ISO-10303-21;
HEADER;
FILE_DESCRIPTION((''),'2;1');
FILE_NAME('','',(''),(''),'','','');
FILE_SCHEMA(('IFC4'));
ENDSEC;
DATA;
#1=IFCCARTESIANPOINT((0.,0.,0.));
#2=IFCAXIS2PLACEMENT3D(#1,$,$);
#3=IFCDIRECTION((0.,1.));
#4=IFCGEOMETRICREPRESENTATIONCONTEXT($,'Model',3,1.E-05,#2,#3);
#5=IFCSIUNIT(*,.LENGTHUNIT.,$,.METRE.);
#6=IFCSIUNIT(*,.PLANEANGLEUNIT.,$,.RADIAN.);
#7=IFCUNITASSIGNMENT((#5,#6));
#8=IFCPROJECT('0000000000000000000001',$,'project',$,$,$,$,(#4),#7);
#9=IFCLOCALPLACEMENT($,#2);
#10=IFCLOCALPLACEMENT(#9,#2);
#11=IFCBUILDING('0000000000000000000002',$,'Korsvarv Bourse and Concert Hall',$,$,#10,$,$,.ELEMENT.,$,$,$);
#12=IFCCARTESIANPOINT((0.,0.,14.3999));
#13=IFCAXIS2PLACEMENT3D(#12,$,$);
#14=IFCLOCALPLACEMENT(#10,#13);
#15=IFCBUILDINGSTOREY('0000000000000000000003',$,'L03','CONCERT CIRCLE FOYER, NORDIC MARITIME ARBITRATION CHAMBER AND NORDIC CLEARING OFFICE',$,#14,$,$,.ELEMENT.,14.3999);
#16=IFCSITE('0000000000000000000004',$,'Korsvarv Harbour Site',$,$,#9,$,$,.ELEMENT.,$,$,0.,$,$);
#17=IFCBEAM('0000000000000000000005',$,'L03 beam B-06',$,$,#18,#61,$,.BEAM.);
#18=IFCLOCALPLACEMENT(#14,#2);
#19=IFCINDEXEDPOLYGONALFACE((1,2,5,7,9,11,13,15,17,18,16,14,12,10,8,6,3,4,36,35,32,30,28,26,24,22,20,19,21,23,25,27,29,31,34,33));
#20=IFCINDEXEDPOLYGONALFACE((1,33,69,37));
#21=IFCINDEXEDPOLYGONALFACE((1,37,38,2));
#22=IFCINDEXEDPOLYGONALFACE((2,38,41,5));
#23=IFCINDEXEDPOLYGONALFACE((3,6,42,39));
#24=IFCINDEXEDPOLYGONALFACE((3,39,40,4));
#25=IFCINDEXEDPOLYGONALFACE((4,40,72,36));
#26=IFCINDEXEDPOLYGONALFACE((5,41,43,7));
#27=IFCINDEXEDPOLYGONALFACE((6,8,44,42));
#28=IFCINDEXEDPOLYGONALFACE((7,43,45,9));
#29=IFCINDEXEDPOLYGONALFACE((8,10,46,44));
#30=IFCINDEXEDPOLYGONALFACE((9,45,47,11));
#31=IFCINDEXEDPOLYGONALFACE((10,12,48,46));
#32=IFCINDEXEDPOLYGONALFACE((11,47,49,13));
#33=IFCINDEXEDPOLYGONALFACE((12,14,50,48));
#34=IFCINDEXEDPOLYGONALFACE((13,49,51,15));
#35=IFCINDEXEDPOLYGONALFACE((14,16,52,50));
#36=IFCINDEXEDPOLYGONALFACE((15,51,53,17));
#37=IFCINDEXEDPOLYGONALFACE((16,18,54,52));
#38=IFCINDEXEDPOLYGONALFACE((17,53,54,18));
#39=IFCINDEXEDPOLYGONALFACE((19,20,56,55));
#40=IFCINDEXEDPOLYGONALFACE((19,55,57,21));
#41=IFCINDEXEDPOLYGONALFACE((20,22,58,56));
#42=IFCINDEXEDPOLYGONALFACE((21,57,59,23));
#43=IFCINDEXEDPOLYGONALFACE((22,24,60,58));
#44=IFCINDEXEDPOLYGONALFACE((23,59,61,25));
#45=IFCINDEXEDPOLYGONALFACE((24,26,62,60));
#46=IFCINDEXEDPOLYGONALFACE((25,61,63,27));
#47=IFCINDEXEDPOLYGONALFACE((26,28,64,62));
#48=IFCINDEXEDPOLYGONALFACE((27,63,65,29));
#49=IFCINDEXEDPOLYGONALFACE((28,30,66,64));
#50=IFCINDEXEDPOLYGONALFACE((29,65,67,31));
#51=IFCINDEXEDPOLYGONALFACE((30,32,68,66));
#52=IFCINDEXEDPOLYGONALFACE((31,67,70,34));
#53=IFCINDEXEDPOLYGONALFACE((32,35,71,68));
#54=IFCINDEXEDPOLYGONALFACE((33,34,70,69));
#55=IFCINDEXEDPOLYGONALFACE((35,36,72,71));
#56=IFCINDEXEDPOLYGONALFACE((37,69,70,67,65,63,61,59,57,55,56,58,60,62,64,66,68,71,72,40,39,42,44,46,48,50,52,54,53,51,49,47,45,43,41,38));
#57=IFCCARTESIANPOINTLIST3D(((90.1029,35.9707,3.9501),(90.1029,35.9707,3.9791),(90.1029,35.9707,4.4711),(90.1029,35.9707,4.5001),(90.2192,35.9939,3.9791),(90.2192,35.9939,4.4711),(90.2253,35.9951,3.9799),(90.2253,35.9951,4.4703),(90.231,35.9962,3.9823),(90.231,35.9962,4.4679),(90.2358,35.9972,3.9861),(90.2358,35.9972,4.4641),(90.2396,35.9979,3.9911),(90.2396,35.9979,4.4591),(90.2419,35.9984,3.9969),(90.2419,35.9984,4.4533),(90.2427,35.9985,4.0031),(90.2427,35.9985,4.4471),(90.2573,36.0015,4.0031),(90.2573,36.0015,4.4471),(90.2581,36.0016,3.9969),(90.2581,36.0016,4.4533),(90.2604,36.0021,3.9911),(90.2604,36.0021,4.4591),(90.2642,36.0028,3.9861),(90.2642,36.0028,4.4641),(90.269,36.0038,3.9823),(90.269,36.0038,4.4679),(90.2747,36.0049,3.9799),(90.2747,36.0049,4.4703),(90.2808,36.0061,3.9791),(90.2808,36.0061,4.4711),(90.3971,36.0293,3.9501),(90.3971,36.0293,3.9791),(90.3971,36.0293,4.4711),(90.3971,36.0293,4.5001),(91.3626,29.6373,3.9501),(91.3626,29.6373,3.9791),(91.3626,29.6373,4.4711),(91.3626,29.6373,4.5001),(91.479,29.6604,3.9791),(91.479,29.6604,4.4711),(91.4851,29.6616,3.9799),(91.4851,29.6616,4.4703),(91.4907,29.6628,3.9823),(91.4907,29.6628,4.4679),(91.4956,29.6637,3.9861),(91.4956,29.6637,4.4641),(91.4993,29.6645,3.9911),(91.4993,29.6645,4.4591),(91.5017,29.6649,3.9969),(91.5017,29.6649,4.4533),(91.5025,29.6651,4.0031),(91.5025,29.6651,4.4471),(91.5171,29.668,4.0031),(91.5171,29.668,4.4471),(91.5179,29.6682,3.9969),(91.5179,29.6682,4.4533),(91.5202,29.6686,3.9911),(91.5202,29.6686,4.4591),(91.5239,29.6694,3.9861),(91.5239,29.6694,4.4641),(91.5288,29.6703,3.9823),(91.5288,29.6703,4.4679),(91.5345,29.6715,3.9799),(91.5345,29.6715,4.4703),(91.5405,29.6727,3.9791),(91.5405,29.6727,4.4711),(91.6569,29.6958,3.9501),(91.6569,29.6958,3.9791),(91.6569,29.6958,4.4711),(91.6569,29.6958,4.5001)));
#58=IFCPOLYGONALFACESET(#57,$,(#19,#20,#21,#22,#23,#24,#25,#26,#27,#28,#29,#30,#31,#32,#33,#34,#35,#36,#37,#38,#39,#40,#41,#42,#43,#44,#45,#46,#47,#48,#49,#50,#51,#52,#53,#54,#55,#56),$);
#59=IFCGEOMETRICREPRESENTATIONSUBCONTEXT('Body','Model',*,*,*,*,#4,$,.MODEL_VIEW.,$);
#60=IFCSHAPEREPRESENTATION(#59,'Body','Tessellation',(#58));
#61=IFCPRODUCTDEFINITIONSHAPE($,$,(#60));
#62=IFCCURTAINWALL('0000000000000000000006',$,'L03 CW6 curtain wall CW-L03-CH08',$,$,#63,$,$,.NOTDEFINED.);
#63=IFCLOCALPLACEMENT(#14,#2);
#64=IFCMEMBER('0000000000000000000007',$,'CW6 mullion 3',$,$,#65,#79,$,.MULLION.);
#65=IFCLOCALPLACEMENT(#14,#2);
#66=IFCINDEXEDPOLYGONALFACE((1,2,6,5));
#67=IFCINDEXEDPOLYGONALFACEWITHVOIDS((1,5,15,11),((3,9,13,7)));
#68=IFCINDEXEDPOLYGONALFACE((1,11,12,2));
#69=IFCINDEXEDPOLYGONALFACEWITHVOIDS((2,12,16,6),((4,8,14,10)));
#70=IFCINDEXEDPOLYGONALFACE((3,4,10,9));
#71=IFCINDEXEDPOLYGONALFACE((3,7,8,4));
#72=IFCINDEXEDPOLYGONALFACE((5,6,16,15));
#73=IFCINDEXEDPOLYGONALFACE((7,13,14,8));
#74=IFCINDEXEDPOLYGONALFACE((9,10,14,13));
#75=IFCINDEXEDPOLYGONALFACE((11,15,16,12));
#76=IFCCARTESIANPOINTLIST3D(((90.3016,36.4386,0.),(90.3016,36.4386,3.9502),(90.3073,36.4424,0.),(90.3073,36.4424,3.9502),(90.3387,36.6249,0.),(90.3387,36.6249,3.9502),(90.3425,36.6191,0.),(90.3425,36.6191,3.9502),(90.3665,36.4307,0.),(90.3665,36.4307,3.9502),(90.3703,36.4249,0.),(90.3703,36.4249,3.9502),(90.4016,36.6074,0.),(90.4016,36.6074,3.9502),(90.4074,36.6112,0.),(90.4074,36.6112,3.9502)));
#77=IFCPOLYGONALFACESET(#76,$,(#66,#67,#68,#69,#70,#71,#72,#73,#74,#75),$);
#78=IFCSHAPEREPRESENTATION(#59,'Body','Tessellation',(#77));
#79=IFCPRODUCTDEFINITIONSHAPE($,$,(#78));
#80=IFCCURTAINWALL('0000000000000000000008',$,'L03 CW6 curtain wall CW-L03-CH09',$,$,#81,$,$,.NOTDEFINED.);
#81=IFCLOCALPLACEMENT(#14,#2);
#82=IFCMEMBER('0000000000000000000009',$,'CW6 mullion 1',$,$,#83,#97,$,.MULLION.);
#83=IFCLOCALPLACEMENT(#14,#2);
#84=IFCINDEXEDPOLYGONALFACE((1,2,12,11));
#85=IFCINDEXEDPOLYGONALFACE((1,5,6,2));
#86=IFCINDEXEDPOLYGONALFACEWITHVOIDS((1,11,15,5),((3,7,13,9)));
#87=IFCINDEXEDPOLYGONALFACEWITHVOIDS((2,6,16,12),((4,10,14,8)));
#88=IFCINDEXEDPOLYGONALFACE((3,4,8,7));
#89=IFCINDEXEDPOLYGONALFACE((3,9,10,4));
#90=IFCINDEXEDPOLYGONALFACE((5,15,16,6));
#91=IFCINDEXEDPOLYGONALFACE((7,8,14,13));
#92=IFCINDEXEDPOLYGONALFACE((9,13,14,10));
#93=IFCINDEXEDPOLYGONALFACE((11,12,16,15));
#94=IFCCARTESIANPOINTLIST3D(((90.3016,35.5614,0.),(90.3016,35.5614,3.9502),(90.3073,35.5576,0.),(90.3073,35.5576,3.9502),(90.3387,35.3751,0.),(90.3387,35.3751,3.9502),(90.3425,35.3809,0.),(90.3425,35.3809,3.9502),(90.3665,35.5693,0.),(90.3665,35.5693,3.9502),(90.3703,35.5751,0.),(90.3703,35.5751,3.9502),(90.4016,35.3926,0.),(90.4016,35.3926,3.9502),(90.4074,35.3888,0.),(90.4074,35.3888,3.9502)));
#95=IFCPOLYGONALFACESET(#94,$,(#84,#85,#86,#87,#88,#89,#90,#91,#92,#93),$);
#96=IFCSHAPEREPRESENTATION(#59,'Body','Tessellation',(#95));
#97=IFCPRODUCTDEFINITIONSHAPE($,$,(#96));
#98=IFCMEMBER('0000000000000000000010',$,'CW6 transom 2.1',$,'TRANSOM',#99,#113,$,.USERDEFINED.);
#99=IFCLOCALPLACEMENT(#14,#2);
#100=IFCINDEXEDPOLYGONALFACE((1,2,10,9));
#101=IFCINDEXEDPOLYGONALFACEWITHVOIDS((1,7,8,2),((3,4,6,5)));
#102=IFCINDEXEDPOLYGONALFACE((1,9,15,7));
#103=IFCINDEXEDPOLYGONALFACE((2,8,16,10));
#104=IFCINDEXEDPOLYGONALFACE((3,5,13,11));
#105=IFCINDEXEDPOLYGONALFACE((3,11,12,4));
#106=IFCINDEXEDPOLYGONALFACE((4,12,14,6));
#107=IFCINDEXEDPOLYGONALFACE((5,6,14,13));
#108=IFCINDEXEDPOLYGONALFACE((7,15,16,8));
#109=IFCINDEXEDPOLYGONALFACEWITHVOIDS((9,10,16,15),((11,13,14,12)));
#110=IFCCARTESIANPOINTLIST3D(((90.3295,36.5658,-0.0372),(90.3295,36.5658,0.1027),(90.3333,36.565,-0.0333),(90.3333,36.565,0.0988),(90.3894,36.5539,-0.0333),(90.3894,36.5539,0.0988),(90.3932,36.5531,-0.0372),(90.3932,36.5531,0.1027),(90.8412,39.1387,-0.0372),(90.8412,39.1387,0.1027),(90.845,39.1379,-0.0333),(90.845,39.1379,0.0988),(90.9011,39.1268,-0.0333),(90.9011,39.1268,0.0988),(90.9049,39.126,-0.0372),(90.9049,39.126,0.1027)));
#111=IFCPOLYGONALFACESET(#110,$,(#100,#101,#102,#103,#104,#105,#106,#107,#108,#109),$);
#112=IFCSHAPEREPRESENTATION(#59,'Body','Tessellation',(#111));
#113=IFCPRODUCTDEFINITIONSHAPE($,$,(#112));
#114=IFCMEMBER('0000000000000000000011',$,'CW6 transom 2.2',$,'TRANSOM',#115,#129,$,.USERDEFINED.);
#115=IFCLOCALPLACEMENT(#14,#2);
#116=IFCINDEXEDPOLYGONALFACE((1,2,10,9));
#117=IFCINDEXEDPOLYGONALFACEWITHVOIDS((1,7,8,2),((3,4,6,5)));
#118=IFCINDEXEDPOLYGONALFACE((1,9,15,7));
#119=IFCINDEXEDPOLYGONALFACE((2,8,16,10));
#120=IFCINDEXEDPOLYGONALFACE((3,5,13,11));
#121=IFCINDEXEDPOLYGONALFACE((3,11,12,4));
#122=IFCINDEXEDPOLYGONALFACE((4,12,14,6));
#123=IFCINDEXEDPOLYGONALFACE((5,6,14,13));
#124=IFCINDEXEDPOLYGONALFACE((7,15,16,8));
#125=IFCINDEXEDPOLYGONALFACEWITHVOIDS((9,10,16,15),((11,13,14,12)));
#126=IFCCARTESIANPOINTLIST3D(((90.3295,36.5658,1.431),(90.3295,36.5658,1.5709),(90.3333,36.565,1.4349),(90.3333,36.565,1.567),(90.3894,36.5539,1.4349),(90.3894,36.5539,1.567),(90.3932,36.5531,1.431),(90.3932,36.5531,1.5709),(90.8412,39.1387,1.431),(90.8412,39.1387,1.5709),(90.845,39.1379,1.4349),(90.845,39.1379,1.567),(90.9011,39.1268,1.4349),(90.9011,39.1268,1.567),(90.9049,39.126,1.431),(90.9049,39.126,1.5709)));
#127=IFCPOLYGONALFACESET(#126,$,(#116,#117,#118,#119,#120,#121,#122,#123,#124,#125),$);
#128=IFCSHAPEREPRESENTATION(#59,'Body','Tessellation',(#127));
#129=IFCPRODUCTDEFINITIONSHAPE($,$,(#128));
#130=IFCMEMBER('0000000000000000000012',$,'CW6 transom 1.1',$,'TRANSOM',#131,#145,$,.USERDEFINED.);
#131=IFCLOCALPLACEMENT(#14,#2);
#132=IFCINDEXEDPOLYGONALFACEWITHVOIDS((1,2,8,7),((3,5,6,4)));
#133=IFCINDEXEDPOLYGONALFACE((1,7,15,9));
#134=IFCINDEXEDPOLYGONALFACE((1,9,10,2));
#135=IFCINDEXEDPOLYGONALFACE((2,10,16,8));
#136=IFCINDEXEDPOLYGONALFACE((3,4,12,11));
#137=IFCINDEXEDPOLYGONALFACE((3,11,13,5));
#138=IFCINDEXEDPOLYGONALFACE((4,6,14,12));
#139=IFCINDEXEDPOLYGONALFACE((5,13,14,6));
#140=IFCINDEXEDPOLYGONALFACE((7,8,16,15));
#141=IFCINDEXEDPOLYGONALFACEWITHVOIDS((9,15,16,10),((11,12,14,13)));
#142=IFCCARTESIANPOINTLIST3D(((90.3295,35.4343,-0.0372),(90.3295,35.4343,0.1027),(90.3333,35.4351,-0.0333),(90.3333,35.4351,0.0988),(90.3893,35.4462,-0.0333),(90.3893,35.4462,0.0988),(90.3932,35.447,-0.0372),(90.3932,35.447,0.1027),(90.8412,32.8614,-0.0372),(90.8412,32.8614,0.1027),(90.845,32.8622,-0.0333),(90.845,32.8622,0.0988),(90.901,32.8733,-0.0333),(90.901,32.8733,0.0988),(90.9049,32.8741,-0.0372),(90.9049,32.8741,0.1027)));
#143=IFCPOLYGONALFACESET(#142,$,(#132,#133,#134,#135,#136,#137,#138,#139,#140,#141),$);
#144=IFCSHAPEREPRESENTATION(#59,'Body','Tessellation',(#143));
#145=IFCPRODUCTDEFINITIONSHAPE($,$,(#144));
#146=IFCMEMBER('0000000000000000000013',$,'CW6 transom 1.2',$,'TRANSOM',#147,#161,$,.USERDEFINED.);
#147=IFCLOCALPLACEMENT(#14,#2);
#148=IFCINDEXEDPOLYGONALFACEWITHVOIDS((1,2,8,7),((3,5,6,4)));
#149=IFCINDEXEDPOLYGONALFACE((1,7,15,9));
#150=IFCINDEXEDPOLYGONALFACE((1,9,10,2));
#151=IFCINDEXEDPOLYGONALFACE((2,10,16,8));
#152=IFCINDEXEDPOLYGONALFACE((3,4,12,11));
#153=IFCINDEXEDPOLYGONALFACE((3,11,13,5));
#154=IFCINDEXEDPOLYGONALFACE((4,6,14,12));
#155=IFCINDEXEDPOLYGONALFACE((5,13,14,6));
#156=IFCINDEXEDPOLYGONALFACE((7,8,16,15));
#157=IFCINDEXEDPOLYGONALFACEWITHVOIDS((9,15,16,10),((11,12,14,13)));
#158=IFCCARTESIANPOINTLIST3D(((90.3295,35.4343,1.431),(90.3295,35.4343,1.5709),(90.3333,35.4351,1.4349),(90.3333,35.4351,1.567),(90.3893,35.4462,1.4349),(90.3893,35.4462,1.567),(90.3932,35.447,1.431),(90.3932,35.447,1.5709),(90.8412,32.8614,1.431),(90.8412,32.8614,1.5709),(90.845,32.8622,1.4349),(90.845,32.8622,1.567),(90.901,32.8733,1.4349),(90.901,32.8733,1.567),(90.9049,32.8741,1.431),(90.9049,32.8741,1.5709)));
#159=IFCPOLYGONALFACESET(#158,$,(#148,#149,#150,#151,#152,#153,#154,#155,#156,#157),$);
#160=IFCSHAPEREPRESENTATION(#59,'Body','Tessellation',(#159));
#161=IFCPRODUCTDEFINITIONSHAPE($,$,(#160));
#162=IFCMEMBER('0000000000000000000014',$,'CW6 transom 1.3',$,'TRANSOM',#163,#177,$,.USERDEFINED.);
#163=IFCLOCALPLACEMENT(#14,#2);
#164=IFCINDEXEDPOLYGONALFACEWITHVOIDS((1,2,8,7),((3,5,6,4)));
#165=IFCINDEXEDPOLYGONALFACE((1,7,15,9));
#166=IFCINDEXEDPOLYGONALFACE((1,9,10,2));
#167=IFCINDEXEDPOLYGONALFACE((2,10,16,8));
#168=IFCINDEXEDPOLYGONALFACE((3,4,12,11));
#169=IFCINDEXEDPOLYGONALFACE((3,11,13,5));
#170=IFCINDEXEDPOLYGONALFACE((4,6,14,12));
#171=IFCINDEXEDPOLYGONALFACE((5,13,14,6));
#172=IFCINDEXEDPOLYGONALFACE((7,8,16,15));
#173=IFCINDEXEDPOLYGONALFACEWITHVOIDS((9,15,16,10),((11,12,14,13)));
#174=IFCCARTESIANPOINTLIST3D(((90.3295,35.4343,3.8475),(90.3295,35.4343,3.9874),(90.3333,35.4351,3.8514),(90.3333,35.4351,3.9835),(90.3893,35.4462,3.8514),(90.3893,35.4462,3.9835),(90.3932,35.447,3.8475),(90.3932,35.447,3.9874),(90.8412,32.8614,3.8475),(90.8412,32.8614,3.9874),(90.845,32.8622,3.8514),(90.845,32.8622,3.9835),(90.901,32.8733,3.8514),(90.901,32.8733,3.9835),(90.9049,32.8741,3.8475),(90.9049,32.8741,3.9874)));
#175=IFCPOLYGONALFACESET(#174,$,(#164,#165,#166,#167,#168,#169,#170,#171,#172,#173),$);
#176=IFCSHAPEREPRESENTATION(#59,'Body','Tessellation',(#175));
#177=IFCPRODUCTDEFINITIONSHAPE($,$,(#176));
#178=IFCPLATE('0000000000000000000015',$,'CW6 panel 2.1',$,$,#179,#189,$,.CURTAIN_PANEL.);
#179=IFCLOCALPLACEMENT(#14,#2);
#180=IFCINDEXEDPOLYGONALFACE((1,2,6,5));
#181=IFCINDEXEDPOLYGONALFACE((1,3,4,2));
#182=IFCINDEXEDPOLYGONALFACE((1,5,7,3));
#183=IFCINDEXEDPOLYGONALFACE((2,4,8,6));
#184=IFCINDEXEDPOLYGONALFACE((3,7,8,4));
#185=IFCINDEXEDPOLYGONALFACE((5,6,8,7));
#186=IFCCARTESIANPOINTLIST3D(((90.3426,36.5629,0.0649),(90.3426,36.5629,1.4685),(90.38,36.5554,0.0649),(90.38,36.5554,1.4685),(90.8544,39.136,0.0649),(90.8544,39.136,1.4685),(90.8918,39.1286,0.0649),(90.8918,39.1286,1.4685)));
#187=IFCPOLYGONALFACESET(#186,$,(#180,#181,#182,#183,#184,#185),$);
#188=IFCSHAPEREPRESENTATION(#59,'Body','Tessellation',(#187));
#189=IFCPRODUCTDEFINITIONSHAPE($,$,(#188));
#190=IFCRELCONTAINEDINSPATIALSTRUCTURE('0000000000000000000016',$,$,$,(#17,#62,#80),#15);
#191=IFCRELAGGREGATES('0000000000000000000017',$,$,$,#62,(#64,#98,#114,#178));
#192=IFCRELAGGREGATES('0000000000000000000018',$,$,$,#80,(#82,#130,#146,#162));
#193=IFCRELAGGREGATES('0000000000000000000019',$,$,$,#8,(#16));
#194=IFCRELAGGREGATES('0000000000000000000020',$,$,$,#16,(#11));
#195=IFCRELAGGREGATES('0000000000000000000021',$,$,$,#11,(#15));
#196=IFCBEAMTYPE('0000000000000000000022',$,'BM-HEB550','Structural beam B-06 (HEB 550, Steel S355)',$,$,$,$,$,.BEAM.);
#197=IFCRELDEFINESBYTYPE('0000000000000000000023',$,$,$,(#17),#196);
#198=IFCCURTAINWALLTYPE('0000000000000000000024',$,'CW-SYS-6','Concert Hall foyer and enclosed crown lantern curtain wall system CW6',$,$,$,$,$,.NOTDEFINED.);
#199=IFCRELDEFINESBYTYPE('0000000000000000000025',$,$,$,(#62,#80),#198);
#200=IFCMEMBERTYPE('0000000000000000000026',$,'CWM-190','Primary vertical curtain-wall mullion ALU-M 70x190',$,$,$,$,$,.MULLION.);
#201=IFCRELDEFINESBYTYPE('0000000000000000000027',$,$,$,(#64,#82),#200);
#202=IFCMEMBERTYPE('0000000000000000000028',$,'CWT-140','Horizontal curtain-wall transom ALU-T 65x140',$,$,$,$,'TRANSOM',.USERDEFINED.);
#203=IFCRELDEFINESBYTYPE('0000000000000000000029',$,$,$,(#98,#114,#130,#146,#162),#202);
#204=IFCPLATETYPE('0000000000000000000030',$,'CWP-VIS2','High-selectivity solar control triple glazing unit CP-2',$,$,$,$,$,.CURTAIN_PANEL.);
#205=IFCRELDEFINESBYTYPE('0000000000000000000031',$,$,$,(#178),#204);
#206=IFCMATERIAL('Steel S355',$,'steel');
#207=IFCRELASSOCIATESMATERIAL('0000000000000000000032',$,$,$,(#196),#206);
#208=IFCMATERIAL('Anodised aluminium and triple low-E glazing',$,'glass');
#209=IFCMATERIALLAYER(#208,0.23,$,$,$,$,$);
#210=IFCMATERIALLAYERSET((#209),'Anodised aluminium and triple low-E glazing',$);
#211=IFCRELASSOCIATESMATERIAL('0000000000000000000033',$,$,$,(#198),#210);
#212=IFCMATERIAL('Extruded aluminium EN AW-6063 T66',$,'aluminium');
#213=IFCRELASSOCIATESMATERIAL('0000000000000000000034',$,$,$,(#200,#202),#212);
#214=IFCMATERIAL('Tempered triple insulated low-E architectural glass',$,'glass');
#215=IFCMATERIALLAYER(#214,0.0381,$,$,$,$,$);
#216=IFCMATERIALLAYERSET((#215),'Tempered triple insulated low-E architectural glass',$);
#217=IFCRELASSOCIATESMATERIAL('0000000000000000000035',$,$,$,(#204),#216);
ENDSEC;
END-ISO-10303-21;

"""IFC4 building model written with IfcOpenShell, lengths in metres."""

from ifc_helpers import new_model, si_unit, direction, frame, origin, origin_2d, place, context, subcontext, project, spatial, rectangle, hollow_rectangle, i_section, extrude, source, transform, mapped, material, layer, layer_set, material_profile, profile_set, type_object, element, aggregate, save


model = new_model("IFC4")

# Units and contexts
model_context = context("Model", 3, precision=1e-05, world=origin(), true_north=direction((0.0, 1.0)))
body_context = subcontext(model_context, "Body", "Model", "MODEL_VIEW")
ifc_project = project(units=[si_unit("LENGTHUNIT", "METRE"), si_unit("PLANEANGLEUNIT", "RADIAN")], contexts=[model_context])

# Site, building, storey
site_placement = place(None, origin())
site = spatial("IfcSite", under=ifc_project, at=site_placement, Name="Korsvarv Harbour Site", CompositionType="ELEMENT", RefElevation=0.0)
building_placement = place(site_placement, origin())
building = spatial("IfcBuilding", under=site, at=building_placement, Name="Korsvarv Bourse and Concert Hall", CompositionType="ELEMENT")
storey_placement = place(building_placement, frame((0.0, 0.0, 14.3999)))
storey = spatial("IfcBuildingStorey", under=building, at=storey_placement, Name="L03", Description="CONCERT CIRCLE FOYER, NORDIC MARITIME ARBITRATION CHAMBER AND NORDIC CLEARING OFFICE", CompositionType="ELEMENT", Elevation=14.3999)

# Beam
ifc_material_1 = material(Name="Steel S355", Category="steel")
ifc_material_profile_1 = material_profile(ifc_material_1, i_section(OverallWidth=0.3, OverallDepth=0.55, WebThickness=0.0149, FlangeThickness=0.0291, FilletRadius=0.0239, at=origin_2d()), Name="HEB 550")
ifc_profile_set_1 = profile_set([ifc_material_profile_1], Name="Steel S355")
beam_type_1 = type_object("IfcBeamType", Name="BM-HEB550", Description="Structural beam B-06 (HEB 550, Steel S355)", PredefinedType="BEAM", material=ifc_profile_set_1)
shared_shape_1 = source(origin(), body_context, "Body", "SweptSolid", [
    extrude(i_section(OverallWidth=0.3, OverallDepth=0.55, WebThickness=0.0149, FlangeThickness=0.0291, FilletRadius=0.0239, at=origin_2d()), origin(), (0.0, 0.0, 1.0), 6.4575),
])
beam_1_placement = place(storey_placement, frame((90.25, 36.0, 4.2251), z_axis=(0.195084, -0.980787, 0.0), x_axis=(0.980787, 0.195084, 0.0)))
element("IfcBeam", 1, at=beam_1_placement, inside=storey, type_object=beam_type_1, Name="L03 beam B-06", PredefinedType="BEAM", context=body_context, shape_type="MappedRepresentation", body=[
    mapped(shared_shape_1, transform((0.0, 0.0, 0.0), scale=1.0)),
])

# Curtain walls, members
ifc_material_2 = material(Name="Anodised aluminium and triple low-E glazing", Category="glass")
ifc_layer_1 = layer(ifc_material_2, 0.23)
ifc_layer_set_1 = layer_set([ifc_layer_1], Name="Anodised aluminium and triple low-E glazing")
curtain_wall_type = type_object("IfcCurtainWallType", Name="CW-SYS-6", Description="Concert Hall foyer and enclosed crown lantern curtain wall system CW6", PredefinedType="NOTDEFINED", material=ifc_layer_set_1)
curtain_wall_1_placement = place(storey_placement, origin())
curtain_wall_1 = element("IfcCurtainWall", 2, at=curtain_wall_1_placement, inside=storey, type_object=curtain_wall_type, Name="L03 CW6 curtain wall CW-L03-CH08", PredefinedType="NOTDEFINED")
ifc_material_3 = material(Name="Extruded aluminium EN AW-6063 T66", Category="aluminium")
ifc_material_profile_2 = material_profile(ifc_material_3, hollow_rectangle(XDim=0.0701, YDim=0.1899, WallThickness=0.0049, at=origin_2d()), Name="ALU-M 70x190")
ifc_profile_set_2 = profile_set([ifc_material_profile_2], Name="Extruded aluminium EN AW-6063 T66")
member_type_1 = type_object("IfcMemberType", Name="CWM-190", Description="Primary vertical curtain-wall mullion ALU-M 70x190", PredefinedType="MULLION", material=ifc_profile_set_2)
shared_shape_2 = source(origin(), body_context, "Body", "SweptSolid", [
    extrude(hollow_rectangle(XDim=0.0701, YDim=0.1899, WallThickness=0.0049, at=origin_2d()), origin(), (0.0, 0.0, 1.0), 3.9502),
])
member_1_placement = place(storey_placement, frame((90.3545, 36.5249, 0.0), z_axis=(0.0, 0.0, 1.0), x_axis=(0.980786, -0.195087, 0.0)))
member_1 = element("IfcMember", 3, at=member_1_placement, type_object=member_type_1, Name="CW6 mullion 3", PredefinedType="MULLION", context=body_context, shape_type="MappedRepresentation", body=[
    mapped(shared_shape_2, transform((0.0, 0.0, 0.0), scale=1.0)),
])
curtain_wall_2_placement = place(storey_placement, origin())
curtain_wall_2 = element("IfcCurtainWall", 4, at=curtain_wall_2_placement, inside=storey, type_object=curtain_wall_type, Name="L03 CW6 curtain wall CW-L03-CH09", PredefinedType="NOTDEFINED")
member_2_placement = place(storey_placement, frame((90.3545, 35.4751, 0.0), z_axis=(0.0, 0.0, 1.0), x_axis=(0.980786, 0.195087, 0.0)))
member_2 = element("IfcMember", 5, at=member_2_placement, type_object=member_type_1, Name="CW6 mullion 1", PredefinedType="MULLION", context=body_context, shape_type="MappedRepresentation", body=[
    mapped(shared_shape_2, transform((0.0, 0.0, 0.0), scale=1.0)),
])

# Members
ifc_material_profile_3 = material_profile(ifc_material_3, hollow_rectangle(XDim=0.0649, YDim=0.1399, WallThickness=0.0039, at=origin_2d()), Name="ALU-T 65x140")
ifc_profile_set_3 = profile_set([ifc_material_profile_3], Name="Extruded aluminium EN AW-6063 T66")
member_type_2 = type_object("IfcMemberType", Name="CWT-140", Description="Horizontal curtain-wall transom ALU-T 65x140", ElementType="TRANSOM", PredefinedType="USERDEFINED", material=ifc_profile_set_3)
shared_shape_3 = source(origin(), body_context, "Body", "SweptSolid", [
    extrude(hollow_rectangle(XDim=0.0649, YDim=0.1399, WallThickness=0.0039, at=origin_2d()), origin(), (0.0, 0.0, 1.0), 2.6233),
])
member_3_placement = place(storey_placement, frame((90.873, 39.1323, 0.0327), z_axis=(-0.19506, -0.980791, 0.0), x_axis=(0.980791, -0.19506, 0.0)))
member_3 = element("IfcMember", 6, at=member_3_placement, type_object=member_type_2, Name="CW6 transom 2.1", ObjectType="TRANSOM", PredefinedType="USERDEFINED", context=body_context, shape_type="MappedRepresentation", body=[
    mapped(shared_shape_3, transform((0.0, 0.0, 0.0), scale=1.0)),
])
member_4_placement = place(storey_placement, frame((90.873, 39.1323, 1.501), z_axis=(-0.19506, -0.980791, 0.0), x_axis=(0.980791, -0.19506, 0.0)))
member_4 = element("IfcMember", 7, at=member_4_placement, type_object=member_type_2, Name="CW6 transom 2.2", ObjectType="TRANSOM", PredefinedType="USERDEFINED", context=body_context, shape_type="MappedRepresentation", body=[
    mapped(shared_shape_3, transform((0.0, 0.0, 0.0), scale=1.0)),
])
member_5_placement = place(storey_placement, frame((90.3613, 35.4407, 0.0327), z_axis=(0.19506, -0.980791, 0.0), x_axis=(0.980791, 0.19506, 0.0)))
member_5 = element("IfcMember", 8, at=member_5_placement, type_object=member_type_2, Name="CW6 transom 1.1", ObjectType="TRANSOM", PredefinedType="USERDEFINED", context=body_context, shape_type="MappedRepresentation", body=[
    mapped(shared_shape_3, transform((0.0, 0.0, 0.0), scale=1.0)),
])
member_6_placement = place(storey_placement, frame((90.3613, 35.4407, 1.501), z_axis=(0.19506, -0.980791, 0.0), x_axis=(0.980791, 0.19506, 0.0)))
member_6 = element("IfcMember", 9, at=member_6_placement, type_object=member_type_2, Name="CW6 transom 1.2", ObjectType="TRANSOM", PredefinedType="USERDEFINED", context=body_context, shape_type="MappedRepresentation", body=[
    mapped(shared_shape_3, transform((0.0, 0.0, 0.0), scale=1.0)),
])
member_7_placement = place(storey_placement, frame((90.3613, 35.4407, 3.9175), z_axis=(0.19506, -0.980791, 0.0), x_axis=(0.980791, 0.19506, 0.0)))
member_7 = element("IfcMember", 10, at=member_7_placement, type_object=member_type_2, Name="CW6 transom 1.3", ObjectType="TRANSOM", PredefinedType="USERDEFINED", context=body_context, shape_type="MappedRepresentation", body=[
    mapped(shared_shape_3, transform((0.0, 0.0, 0.0), scale=1.0)),
])

# Plate
ifc_material_4 = material(Name="Tempered triple insulated low-E architectural glass", Category="glass")
ifc_layer_2 = layer(ifc_material_4, 0.0381)
ifc_layer_set_2 = layer_set([ifc_layer_2], Name="Tempered triple insulated low-E architectural glass")
plate_type = type_object("IfcPlateType", Name="CWP-VIS2", Description="High-selectivity solar control triple glazing unit CP-2", PredefinedType="CURTAIN_PANEL", material=ifc_layer_set_2)
shared_shape_4 = source(origin(), body_context, "Body", "SweptSolid", [
    extrude(rectangle(XDim=2.6235, YDim=0.0381, at=origin_2d()), origin(), (0.0, 0.0, 1.0), 1.4036),
])
plate_1_placement = place(storey_placement, frame((90.6172, 37.8457, 0.0649), z_axis=(0.0, 0.0, 1.0), x_axis=(-0.195087, -0.980786, 0.0)))
plate_1 = element("IfcPlate", 11, at=plate_1_placement, type_object=plate_type, Name="CW6 panel 2.1", PredefinedType="CURTAIN_PANEL", context=body_context, shape_type="MappedRepresentation", body=[
    mapped(shared_shape_4, transform((0.0, 0.0, 0.0), scale=1.0)),
])
aggregate(curtain_wall_1, [member_1, member_3, member_4, plate_1])
aggregate(curtain_wall_2, [member_2, member_5, member_6, member_7])

save(model, "model.ifc")
